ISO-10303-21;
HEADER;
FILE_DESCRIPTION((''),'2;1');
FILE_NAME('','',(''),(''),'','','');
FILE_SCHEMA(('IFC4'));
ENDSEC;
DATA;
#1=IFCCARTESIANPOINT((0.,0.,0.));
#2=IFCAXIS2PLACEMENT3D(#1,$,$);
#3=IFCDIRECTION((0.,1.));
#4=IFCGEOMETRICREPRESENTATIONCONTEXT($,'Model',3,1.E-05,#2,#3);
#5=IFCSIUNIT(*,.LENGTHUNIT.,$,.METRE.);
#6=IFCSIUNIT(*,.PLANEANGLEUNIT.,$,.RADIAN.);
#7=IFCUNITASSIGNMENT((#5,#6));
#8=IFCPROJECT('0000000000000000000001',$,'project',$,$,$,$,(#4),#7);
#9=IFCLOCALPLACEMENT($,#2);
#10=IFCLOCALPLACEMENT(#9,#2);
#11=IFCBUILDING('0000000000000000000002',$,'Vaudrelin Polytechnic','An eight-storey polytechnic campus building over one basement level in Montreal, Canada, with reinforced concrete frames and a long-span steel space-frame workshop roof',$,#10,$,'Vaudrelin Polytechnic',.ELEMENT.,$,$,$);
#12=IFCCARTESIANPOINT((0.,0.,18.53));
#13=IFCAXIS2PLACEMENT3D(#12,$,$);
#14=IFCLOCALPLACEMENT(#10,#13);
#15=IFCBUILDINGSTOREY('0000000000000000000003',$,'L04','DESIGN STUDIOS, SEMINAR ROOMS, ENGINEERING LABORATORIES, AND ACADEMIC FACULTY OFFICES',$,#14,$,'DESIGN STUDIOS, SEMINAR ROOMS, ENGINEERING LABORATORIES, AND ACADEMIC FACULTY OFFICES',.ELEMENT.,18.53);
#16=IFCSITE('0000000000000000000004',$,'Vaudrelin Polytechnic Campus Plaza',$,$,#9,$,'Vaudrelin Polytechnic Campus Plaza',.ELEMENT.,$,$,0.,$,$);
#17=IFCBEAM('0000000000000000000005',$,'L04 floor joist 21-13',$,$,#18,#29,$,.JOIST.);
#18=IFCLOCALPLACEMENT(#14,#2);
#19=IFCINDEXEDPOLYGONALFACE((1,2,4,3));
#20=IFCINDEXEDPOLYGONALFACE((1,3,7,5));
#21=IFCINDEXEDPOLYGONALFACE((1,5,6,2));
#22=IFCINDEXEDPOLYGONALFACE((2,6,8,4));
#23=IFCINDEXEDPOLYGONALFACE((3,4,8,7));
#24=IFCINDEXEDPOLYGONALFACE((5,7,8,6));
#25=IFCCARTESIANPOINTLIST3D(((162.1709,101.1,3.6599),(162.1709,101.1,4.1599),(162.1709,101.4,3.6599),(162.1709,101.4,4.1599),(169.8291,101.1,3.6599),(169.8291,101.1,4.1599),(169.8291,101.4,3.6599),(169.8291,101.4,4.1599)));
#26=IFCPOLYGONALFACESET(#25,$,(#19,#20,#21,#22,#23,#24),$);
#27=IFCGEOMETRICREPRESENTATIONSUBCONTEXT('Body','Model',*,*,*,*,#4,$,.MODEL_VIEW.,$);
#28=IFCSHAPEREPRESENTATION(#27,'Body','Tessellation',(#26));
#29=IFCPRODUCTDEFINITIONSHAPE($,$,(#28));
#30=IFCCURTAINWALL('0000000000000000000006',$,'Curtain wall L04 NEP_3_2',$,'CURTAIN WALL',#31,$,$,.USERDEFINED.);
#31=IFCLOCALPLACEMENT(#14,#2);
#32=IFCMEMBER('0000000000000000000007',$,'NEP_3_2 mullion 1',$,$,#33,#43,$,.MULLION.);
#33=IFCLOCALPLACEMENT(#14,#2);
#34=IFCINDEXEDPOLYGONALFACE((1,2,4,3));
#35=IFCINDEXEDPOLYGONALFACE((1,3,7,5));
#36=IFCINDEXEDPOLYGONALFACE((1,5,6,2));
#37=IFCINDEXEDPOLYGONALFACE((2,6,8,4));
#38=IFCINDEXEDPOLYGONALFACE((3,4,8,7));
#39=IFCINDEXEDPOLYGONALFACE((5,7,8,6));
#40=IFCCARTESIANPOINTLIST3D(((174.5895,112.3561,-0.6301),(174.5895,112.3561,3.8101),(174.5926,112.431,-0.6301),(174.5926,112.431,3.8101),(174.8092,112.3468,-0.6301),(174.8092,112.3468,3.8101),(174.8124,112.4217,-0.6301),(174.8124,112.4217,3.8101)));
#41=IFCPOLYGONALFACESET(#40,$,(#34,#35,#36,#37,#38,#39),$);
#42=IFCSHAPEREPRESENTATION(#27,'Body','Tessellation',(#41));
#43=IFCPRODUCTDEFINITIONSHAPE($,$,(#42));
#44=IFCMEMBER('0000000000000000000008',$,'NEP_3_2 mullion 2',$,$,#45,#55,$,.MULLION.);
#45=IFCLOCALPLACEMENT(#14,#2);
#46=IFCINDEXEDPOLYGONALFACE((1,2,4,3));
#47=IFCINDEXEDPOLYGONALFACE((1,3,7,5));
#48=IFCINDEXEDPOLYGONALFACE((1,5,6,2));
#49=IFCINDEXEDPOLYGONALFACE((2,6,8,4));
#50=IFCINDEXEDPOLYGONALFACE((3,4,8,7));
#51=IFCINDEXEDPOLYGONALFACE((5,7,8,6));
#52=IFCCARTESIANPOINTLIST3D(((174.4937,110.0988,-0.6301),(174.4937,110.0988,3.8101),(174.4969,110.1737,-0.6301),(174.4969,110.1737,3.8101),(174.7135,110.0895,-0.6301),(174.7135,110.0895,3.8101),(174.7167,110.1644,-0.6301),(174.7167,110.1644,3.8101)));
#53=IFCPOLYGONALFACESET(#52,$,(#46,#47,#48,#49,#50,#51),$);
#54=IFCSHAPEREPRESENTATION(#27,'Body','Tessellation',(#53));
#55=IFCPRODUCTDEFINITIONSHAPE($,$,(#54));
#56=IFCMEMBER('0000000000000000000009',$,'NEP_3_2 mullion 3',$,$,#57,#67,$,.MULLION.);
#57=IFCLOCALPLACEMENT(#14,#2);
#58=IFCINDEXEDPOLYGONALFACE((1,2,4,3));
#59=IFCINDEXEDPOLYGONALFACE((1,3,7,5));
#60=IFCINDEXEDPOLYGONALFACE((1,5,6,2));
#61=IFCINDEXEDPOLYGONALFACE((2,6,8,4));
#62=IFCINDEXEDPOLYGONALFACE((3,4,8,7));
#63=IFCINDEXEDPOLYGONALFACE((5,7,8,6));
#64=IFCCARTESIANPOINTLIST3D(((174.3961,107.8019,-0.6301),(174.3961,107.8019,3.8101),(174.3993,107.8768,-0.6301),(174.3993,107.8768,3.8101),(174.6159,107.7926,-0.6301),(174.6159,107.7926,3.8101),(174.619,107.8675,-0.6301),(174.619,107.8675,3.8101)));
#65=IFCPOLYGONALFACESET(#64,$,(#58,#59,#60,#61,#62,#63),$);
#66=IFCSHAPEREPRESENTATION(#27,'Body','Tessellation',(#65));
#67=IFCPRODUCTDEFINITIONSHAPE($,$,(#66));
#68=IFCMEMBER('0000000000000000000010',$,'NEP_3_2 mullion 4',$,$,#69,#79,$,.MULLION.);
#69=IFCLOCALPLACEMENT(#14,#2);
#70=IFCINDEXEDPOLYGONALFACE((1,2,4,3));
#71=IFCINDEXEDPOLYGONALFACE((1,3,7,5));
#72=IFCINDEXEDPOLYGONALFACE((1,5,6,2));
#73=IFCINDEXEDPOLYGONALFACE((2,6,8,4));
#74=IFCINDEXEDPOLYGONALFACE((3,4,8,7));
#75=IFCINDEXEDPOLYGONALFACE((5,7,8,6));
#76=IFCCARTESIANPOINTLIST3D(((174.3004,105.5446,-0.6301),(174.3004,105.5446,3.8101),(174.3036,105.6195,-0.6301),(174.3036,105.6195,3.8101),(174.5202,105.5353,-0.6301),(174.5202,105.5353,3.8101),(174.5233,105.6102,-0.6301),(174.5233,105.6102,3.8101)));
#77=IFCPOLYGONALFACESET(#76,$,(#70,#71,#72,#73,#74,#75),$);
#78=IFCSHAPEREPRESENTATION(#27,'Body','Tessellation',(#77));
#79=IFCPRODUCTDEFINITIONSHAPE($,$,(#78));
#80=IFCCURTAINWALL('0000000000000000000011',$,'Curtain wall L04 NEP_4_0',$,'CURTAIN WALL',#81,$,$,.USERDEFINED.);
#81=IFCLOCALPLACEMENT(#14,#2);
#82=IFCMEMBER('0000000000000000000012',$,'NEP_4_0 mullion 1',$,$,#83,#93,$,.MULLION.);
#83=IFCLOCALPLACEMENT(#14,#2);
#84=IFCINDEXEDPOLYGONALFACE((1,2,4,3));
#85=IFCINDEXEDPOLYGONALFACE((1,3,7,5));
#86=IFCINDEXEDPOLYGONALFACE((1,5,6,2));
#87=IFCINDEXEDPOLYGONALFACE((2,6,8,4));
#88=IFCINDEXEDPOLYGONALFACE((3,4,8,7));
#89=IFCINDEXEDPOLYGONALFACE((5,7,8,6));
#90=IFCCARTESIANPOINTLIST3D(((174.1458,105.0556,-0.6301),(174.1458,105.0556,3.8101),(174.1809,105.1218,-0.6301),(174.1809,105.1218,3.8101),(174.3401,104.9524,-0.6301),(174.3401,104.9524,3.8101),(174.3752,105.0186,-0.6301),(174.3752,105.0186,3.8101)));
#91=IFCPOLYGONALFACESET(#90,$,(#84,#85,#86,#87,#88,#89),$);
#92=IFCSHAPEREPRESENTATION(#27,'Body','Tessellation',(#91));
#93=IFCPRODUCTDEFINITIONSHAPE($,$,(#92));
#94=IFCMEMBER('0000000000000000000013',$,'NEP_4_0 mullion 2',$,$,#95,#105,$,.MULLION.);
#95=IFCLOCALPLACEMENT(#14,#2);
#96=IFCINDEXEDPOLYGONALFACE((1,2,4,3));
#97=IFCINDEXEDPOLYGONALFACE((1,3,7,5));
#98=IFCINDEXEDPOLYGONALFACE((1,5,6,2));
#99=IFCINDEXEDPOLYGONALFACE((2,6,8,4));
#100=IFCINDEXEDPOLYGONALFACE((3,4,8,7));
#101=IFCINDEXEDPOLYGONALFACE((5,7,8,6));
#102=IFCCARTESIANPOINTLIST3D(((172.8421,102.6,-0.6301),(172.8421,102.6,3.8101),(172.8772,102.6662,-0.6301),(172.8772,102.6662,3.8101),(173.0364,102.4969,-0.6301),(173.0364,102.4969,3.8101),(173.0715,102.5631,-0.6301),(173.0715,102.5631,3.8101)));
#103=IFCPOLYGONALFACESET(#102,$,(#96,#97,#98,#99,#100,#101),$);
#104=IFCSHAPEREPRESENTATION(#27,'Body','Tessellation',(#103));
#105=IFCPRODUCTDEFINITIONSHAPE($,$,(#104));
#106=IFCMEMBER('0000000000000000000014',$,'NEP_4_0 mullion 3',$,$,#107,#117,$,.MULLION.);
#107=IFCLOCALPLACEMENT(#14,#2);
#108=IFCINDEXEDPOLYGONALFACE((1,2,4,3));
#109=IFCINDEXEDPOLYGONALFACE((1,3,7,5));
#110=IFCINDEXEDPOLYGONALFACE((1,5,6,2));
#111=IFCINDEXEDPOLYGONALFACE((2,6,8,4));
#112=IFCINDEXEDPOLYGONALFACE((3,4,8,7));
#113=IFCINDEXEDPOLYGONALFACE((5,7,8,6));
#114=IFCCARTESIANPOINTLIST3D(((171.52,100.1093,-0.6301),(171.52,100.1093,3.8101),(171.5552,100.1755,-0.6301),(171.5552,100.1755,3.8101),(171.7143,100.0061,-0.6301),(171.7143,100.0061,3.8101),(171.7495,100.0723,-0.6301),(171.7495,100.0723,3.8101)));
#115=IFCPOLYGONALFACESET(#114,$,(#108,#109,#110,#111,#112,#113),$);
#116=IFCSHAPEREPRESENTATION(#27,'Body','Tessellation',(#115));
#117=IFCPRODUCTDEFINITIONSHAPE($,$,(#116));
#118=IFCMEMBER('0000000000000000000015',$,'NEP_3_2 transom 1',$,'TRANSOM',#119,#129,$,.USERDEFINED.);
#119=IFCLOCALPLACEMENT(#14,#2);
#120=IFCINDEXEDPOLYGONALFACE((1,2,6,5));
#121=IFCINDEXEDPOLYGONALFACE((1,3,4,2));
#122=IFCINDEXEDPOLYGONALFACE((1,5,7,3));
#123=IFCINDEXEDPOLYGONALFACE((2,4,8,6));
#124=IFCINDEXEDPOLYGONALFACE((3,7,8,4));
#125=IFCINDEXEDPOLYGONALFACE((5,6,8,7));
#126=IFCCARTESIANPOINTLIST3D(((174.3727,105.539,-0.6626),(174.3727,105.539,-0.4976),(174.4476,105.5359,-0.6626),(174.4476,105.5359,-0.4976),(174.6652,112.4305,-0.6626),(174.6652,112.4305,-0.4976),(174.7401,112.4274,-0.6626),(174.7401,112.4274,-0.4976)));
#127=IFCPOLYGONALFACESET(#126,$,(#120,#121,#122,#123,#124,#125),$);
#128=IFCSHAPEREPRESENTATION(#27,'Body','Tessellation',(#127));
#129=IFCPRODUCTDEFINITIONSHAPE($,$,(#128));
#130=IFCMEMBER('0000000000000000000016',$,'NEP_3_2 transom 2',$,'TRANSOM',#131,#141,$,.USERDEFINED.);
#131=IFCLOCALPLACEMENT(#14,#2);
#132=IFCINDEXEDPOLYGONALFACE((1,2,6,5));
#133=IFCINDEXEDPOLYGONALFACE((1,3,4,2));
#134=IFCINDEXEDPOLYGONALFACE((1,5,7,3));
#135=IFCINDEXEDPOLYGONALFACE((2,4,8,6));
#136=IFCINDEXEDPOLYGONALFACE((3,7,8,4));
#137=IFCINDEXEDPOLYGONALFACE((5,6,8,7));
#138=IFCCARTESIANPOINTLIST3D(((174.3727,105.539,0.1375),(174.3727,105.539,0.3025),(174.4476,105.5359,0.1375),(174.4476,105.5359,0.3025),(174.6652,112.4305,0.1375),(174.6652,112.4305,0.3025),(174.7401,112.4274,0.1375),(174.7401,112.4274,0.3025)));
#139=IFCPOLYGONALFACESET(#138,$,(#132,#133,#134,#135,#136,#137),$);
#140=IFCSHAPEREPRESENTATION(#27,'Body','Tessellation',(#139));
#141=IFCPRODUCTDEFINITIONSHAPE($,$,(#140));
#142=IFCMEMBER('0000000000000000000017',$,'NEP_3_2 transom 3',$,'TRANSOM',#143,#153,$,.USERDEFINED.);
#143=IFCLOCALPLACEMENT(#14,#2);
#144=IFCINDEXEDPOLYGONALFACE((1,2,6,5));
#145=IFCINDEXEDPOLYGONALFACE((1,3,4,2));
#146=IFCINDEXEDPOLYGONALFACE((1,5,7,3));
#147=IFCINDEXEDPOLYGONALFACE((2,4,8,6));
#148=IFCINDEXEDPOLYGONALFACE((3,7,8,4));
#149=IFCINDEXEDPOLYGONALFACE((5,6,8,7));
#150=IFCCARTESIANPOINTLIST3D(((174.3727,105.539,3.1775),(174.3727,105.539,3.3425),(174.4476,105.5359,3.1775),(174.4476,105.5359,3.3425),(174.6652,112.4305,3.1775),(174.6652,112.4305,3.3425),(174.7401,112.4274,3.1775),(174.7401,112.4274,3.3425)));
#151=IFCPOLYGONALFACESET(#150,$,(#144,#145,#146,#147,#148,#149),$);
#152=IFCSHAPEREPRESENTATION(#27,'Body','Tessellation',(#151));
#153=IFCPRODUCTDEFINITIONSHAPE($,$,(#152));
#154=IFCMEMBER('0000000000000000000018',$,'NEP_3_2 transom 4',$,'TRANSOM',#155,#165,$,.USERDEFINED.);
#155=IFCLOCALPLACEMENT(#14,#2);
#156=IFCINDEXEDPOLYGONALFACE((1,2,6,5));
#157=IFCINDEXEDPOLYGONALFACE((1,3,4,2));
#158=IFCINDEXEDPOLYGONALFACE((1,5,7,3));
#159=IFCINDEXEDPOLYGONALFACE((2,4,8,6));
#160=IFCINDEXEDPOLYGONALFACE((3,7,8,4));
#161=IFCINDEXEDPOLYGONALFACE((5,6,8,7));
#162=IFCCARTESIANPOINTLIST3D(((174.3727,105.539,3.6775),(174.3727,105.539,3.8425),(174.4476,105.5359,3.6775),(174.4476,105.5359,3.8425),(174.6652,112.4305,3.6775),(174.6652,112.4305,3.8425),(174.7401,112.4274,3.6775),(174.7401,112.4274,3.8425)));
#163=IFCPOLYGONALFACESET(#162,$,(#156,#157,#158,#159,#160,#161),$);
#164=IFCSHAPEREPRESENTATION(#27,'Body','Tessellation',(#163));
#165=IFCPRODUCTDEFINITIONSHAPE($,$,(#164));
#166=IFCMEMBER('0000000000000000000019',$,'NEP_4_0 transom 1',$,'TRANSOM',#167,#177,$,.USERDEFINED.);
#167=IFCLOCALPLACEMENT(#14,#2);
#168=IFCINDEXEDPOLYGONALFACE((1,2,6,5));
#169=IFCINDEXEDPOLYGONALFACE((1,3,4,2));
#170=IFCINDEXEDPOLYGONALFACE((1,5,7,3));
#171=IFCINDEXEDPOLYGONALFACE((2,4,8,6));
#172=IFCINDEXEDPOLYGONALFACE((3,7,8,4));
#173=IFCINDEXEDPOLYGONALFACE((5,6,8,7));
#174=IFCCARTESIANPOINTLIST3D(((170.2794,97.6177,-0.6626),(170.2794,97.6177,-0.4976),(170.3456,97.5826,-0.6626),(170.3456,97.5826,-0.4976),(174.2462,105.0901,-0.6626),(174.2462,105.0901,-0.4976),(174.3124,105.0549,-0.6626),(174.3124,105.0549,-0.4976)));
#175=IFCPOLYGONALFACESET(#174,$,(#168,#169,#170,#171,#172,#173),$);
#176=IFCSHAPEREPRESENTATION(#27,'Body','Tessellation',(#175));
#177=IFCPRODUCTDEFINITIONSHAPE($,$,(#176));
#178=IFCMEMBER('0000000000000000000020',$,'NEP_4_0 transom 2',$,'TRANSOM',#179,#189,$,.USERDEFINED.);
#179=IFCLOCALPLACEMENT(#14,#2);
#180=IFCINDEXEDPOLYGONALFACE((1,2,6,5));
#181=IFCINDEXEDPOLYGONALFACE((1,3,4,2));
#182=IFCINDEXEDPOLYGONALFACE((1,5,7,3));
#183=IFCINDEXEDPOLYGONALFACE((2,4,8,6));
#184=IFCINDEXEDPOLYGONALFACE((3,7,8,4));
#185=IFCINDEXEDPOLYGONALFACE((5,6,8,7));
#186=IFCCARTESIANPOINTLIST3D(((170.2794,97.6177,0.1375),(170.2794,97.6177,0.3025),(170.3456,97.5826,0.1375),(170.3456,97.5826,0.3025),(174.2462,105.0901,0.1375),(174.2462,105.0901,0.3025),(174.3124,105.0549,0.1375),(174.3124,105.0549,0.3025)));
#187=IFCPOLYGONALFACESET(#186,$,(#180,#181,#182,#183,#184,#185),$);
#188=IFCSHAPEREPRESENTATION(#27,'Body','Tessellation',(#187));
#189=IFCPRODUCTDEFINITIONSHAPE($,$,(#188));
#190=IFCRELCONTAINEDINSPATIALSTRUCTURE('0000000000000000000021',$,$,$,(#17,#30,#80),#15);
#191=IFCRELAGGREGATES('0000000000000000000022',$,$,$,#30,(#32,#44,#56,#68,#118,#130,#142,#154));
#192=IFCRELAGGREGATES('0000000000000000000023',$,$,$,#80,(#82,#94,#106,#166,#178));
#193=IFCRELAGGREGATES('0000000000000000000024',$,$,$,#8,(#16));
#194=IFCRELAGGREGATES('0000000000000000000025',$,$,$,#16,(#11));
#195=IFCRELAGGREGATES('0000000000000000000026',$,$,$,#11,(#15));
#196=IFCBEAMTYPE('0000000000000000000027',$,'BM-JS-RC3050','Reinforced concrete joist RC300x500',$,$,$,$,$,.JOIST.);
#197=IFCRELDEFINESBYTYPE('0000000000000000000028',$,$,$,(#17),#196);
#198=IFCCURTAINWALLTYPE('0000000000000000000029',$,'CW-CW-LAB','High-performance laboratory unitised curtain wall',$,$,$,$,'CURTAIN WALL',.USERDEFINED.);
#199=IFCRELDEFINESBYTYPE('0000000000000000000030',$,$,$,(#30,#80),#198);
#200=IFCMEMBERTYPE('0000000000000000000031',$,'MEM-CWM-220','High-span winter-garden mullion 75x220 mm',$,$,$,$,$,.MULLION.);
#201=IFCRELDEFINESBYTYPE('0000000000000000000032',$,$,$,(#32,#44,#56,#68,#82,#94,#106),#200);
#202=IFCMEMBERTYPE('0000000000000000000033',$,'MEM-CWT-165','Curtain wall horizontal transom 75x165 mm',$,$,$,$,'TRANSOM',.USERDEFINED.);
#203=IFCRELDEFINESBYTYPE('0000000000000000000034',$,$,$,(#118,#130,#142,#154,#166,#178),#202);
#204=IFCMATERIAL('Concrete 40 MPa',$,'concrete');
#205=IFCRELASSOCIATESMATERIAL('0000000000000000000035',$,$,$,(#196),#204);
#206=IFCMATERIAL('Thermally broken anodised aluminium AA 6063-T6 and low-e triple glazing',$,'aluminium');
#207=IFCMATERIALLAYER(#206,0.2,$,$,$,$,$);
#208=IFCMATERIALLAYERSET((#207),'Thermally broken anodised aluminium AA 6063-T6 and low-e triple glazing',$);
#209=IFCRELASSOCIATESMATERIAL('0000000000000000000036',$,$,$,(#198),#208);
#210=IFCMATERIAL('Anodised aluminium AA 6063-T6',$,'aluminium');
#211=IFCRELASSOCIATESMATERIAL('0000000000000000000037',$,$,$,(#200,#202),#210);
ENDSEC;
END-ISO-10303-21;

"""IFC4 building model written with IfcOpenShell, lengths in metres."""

from ifc_helpers import new_model, si_unit, direction, frame, origin, origin_2d, place, context, subcontext, project, spatial, rectangle, extrude, material, layer, layer_set, material_profile, profile_set, type_object, element, aggregate, save


model = new_model("IFC4")

# Units and contexts
model_context = context("Model", 3, precision=1e-05, world=origin(), true_north=direction((0.0, 1.0)))
body_context = subcontext(model_context, "Body", "Model", "MODEL_VIEW")
ifc_project = project(units=[si_unit("LENGTHUNIT", "METRE"), si_unit("PLANEANGLEUNIT", "RADIAN")], contexts=[model_context])

# Site, building, storey
site_placement = place(None, origin())
site = spatial("IfcSite", under=ifc_project, at=site_placement, Name="Vaudrelin Polytechnic Campus Plaza", LongName="Vaudrelin Polytechnic Campus Plaza", CompositionType="ELEMENT", RefElevation=0.0)
building_placement = place(site_placement, origin())
building = spatial("IfcBuilding", under=site, at=building_placement, Name="Vaudrelin Polytechnic", Description="An eight-storey polytechnic campus building over one basement level in Montreal, Canada, with reinforced concrete frames and a long-span steel space-frame workshop roof", LongName="Vaudrelin Polytechnic", CompositionType="ELEMENT")
storey_placement = place(building_placement, frame((0.0, 0.0, 18.53)))
storey = spatial("IfcBuildingStorey", under=building, at=storey_placement, Name="L04", Description="DESIGN STUDIOS, SEMINAR ROOMS, ENGINEERING LABORATORIES, AND ACADEMIC FACULTY OFFICES", LongName="DESIGN STUDIOS, SEMINAR ROOMS, ENGINEERING LABORATORIES, AND ACADEMIC FACULTY OFFICES", CompositionType="ELEMENT", Elevation=18.53)

# Shared definitions
ifc_material_1 = material(Name="Concrete 40 MPa", Category="concrete")

# Beam
ifc_material_profile_1 = material_profile(ifc_material_1, rectangle(XDim=0.3, YDim=0.5, at=origin_2d()), Name="RC300x500")
ifc_profile_set_1 = profile_set([ifc_material_profile_1], Name="Concrete 40 MPa")
beam_type_1 = type_object("IfcBeamType", Name="BM-JS-RC3050", Description="Reinforced concrete joist RC300x500", PredefinedType="JOIST", material=ifc_profile_set_1)
beam_1_placement = place(storey_placement, frame((162.1709, 101.25, 3.9099), z_axis=(1.0, 0.0, 0.0), x_axis=(0.0, 1.0, 0.0)))
element("IfcBeam", 1, at=beam_1_placement, inside=storey, type_object=beam_type_1, Name="L04 floor joist 21-13", PredefinedType="JOIST", context=body_context, shape_type="SweptSolid", body=[
    extrude(rectangle(XDim=0.3, YDim=0.5, at=origin_2d()), origin(), (0.0, 0.0, 1.0), 7.6582),
])

# Curtain walls, members
ifc_material_2 = material(Name="Thermally broken anodised aluminium AA 6063-T6 and low-e triple glazing", Category="aluminium")
ifc_layer_1 = layer(ifc_material_2, 0.2)
ifc_layer_set_1 = layer_set([ifc_layer_1], Name="Thermally broken anodised aluminium AA 6063-T6 and low-e triple glazing")
curtain_wall_type = type_object("IfcCurtainWallType", Name="CW-CW-LAB", Description="High-performance laboratory unitised curtain wall", ElementType="CURTAIN WALL", PredefinedType="USERDEFINED", material=ifc_layer_set_1)
curtain_wall_1_placement = place(storey_placement, origin())
curtain_wall_1 = element("IfcCurtainWall", 2, at=curtain_wall_1_placement, inside=storey, type_object=curtain_wall_type, Name="Curtain wall L04 NEP_3_2", ObjectType="CURTAIN WALL", PredefinedType="USERDEFINED")
ifc_material_3 = material(Name="Anodised aluminium AA 6063-T6", Category="aluminium")
ifc_material_profile_2 = material_profile(ifc_material_3, rectangle(XDim=0.075, YDim=0.22, at=origin_2d()), Name="CWM-75x220")
ifc_profile_set_2 = profile_set([ifc_material_profile_2], Name="Anodised aluminium AA 6063-T6")
member_type_1 = type_object("IfcMemberType", Name="MEM-CWM-220", Description="High-span winter-garden mullion 75x220 mm", PredefinedType="MULLION", material=ifc_profile_set_2)
member_1_placement = place(storey_placement, frame((174.7009, 112.3889, -0.6301), z_axis=(0.0, 0.0, 1.0), x_axis=(-0.04242, -0.9991, 0.0)))
member_1 = element("IfcMember", 3, at=member_1_placement, type_object=member_type_1, Name="NEP_3_2 mullion 1", PredefinedType="MULLION", context=body_context, shape_type="SweptSolid", body=[
    extrude(rectangle(XDim=0.075, YDim=0.22, at=origin_2d()), origin(), (0.0, 0.0, 1.0), 4.4402),
])
member_2_placement = place(storey_placement, frame((174.6052, 110.1316, -0.6301), z_axis=(0.0, 0.0, 1.0), x_axis=(-0.04242, -0.9991, 0.0)))
member_2 = element("IfcMember", 4, at=member_2_placement, type_object=member_type_1, Name="NEP_3_2 mullion 2", PredefinedType="MULLION", context=body_context, shape_type="SweptSolid", body=[
    extrude(rectangle(XDim=0.075, YDim=0.22, at=origin_2d()), origin(), (0.0, 0.0, 1.0), 4.4402),
])
member_3_placement = place(storey_placement, frame((174.5076, 107.8347, -0.6301), z_axis=(0.0, 0.0, 1.0), x_axis=(-0.04242, -0.9991, 0.0)))
member_3 = element("IfcMember", 5, at=member_3_placement, type_object=member_type_1, Name="NEP_3_2 mullion 3", PredefinedType="MULLION", context=body_context, shape_type="SweptSolid", body=[
    extrude(rectangle(XDim=0.075, YDim=0.22, at=origin_2d()), origin(), (0.0, 0.0, 1.0), 4.4402),
])
member_4_placement = place(storey_placement, frame((174.4119, 105.5774, -0.6301), z_axis=(0.0, 0.0, 1.0), x_axis=(-0.04242, -0.9991, 0.0)))
member_4 = element("IfcMember", 6, at=member_4_placement, type_object=member_type_1, Name="NEP_3_2 mullion 4", PredefinedType="MULLION", context=body_context, shape_type="SweptSolid", body=[
    extrude(rectangle(XDim=0.075, YDim=0.22, at=origin_2d()), origin(), (0.0, 0.0, 1.0), 4.4402),
])
curtain_wall_2_placement = place(storey_placement, origin())
curtain_wall_2 = element("IfcCurtainWall", 7, at=curtain_wall_2_placement, inside=storey, type_object=curtain_wall_type, Name="Curtain wall L04 NEP_4_0", ObjectType="CURTAIN WALL", PredefinedType="USERDEFINED")
member_5_placement = place(storey_placement, frame((174.2605, 105.0371, -0.6301), z_axis=(0.0, 0.0, 1.0), x_axis=(-0.468892, -0.883256, 0.0)))
member_5 = element("IfcMember", 8, at=member_5_placement, type_object=member_type_1, Name="NEP_4_0 mullion 1", PredefinedType="MULLION", context=body_context, shape_type="SweptSolid", body=[
    extrude(rectangle(XDim=0.075, YDim=0.22, at=origin_2d()), origin(), (0.0, 0.0, 1.0), 4.4402),
])
member_6_placement = place(storey_placement, frame((172.9568, 102.5815, -0.6301), z_axis=(0.0, 0.0, 1.0), x_axis=(-0.468892, -0.883256, 0.0)))
member_6 = element("IfcMember", 9, at=member_6_placement, type_object=member_type_1, Name="NEP_4_0 mullion 2", PredefinedType="MULLION", context=body_context, shape_type="SweptSolid", body=[
    extrude(rectangle(XDim=0.075, YDim=0.22, at=origin_2d()), origin(), (0.0, 0.0, 1.0), 4.4402),
])
member_7_placement = place(storey_placement, frame((171.6348, 100.0908, -0.6301), z_axis=(0.0, 0.0, 1.0), x_axis=(-0.468892, -0.883256, 0.0)))
member_7 = element("IfcMember", 10, at=member_7_placement, type_object=member_type_1, Name="NEP_4_0 mullion 3", PredefinedType="MULLION", context=body_context, shape_type="SweptSolid", body=[
    extrude(rectangle(XDim=0.075, YDim=0.22, at=origin_2d()), origin(), (0.0, 0.0, 1.0), 4.4402),
])

# Members
ifc_material_profile_3 = material_profile(ifc_material_3, rectangle(XDim=0.075, YDim=0.165, at=origin_2d()), Name="CWT-75x165")
ifc_profile_set_3 = profile_set([ifc_material_profile_3], Name="Anodised aluminium AA 6063-T6")
member_type_2 = type_object("IfcMemberType", Name="MEM-CWT-165", Description="Curtain wall horizontal transom 75x165 mm", ElementType="TRANSOM", PredefinedType="USERDEFINED", material=ifc_profile_set_3)
member_8_placement = place(storey_placement, frame((174.7026, 112.429, -0.5801), z_axis=(-0.042402, -0.999101, 0.0), x_axis=(0.999101, -0.042402, 0.0)))
member_8 = element("IfcMember", 11, at=member_8_placement, type_object=member_type_2, Name="NEP_3_2 transom 1", ObjectType="TRANSOM", PredefinedType="USERDEFINED", context=body_context, shape_type="SweptSolid", body=[
    extrude(rectangle(XDim=0.075, YDim=0.165, at=origin_2d()), origin(), (0.0, 0.0, 1.0), 6.8977),
])
member_9_placement = place(storey_placement, frame((174.7026, 112.429, 0.22), z_axis=(-0.042402, -0.999101, 0.0), x_axis=(0.999101, -0.042402, 0.0)))
member_9 = element("IfcMember", 12, at=member_9_placement, type_object=member_type_2, Name="NEP_3_2 transom 2", ObjectType="TRANSOM", PredefinedType="USERDEFINED", context=body_context, shape_type="SweptSolid", body=[
    extrude(rectangle(XDim=0.075, YDim=0.165, at=origin_2d()), origin(), (0.0, 0.0, 1.0), 6.8977),
])
member_10_placement = place(storey_placement, frame((174.7026, 112.429, 3.26), z_axis=(-0.042402, -0.999101, 0.0), x_axis=(0.999101, -0.042402, 0.0)))
member_10 = element("IfcMember", 13, at=member_10_placement, type_object=member_type_2, Name="NEP_3_2 transom 3", ObjectType="TRANSOM", PredefinedType="USERDEFINED", context=body_context, shape_type="SweptSolid", body=[
    extrude(rectangle(XDim=0.075, YDim=0.165, at=origin_2d()), origin(), (0.0, 0.0, 1.0), 6.8977),
])
member_11_placement = place(storey_placement, frame((174.7026, 112.429, 3.76), z_axis=(-0.042402, -0.999101, 0.0), x_axis=(0.999101, -0.042402, 0.0)))
member_11 = element("IfcMember", 14, at=member_11_placement, type_object=member_type_2, Name="NEP_3_2 transom 4", ObjectType="TRANSOM", PredefinedType="USERDEFINED", context=body_context, shape_type="SweptSolid", body=[
    extrude(rectangle(XDim=0.075, YDim=0.165, at=origin_2d()), origin(), (0.0, 0.0, 1.0), 6.8977),
])
member_12_placement = place(storey_placement, frame((174.2793, 105.0725, -0.5801), z_axis=(-0.468886, -0.883259, 0.0), x_axis=(0.883259, -0.468886, 0.0)))
member_12 = element("IfcMember", 15, at=member_12_placement, type_object=member_type_2, Name="NEP_4_0 transom 1", ObjectType="TRANSOM", PredefinedType="USERDEFINED", context=body_context, shape_type="SweptSolid", body=[
    extrude(rectangle(XDim=0.075, YDim=0.165, at=origin_2d()), origin(), (0.0, 0.0, 1.0), 8.46),
])
member_13_placement = place(storey_placement, frame((174.2793, 105.0725, 0.22), z_axis=(-0.468886, -0.883259, 0.0), x_axis=(0.883259, -0.468886, 0.0)))
member_13 = element("IfcMember", 16, at=member_13_placement, type_object=member_type_2, Name="NEP_4_0 transom 2", ObjectType="TRANSOM", PredefinedType="USERDEFINED", context=body_context, shape_type="SweptSolid", body=[
    extrude(rectangle(XDim=0.075, YDim=0.165, at=origin_2d()), origin(), (0.0, 0.0, 1.0), 8.46),
])

aggregate(curtain_wall_1, [member_1, member_2, member_3, member_4, member_8, member_9, member_10, member_11])
aggregate(curtain_wall_2, [member_5, member_6, member_7, member_12, member_13])

save(model, "model.ifc")
